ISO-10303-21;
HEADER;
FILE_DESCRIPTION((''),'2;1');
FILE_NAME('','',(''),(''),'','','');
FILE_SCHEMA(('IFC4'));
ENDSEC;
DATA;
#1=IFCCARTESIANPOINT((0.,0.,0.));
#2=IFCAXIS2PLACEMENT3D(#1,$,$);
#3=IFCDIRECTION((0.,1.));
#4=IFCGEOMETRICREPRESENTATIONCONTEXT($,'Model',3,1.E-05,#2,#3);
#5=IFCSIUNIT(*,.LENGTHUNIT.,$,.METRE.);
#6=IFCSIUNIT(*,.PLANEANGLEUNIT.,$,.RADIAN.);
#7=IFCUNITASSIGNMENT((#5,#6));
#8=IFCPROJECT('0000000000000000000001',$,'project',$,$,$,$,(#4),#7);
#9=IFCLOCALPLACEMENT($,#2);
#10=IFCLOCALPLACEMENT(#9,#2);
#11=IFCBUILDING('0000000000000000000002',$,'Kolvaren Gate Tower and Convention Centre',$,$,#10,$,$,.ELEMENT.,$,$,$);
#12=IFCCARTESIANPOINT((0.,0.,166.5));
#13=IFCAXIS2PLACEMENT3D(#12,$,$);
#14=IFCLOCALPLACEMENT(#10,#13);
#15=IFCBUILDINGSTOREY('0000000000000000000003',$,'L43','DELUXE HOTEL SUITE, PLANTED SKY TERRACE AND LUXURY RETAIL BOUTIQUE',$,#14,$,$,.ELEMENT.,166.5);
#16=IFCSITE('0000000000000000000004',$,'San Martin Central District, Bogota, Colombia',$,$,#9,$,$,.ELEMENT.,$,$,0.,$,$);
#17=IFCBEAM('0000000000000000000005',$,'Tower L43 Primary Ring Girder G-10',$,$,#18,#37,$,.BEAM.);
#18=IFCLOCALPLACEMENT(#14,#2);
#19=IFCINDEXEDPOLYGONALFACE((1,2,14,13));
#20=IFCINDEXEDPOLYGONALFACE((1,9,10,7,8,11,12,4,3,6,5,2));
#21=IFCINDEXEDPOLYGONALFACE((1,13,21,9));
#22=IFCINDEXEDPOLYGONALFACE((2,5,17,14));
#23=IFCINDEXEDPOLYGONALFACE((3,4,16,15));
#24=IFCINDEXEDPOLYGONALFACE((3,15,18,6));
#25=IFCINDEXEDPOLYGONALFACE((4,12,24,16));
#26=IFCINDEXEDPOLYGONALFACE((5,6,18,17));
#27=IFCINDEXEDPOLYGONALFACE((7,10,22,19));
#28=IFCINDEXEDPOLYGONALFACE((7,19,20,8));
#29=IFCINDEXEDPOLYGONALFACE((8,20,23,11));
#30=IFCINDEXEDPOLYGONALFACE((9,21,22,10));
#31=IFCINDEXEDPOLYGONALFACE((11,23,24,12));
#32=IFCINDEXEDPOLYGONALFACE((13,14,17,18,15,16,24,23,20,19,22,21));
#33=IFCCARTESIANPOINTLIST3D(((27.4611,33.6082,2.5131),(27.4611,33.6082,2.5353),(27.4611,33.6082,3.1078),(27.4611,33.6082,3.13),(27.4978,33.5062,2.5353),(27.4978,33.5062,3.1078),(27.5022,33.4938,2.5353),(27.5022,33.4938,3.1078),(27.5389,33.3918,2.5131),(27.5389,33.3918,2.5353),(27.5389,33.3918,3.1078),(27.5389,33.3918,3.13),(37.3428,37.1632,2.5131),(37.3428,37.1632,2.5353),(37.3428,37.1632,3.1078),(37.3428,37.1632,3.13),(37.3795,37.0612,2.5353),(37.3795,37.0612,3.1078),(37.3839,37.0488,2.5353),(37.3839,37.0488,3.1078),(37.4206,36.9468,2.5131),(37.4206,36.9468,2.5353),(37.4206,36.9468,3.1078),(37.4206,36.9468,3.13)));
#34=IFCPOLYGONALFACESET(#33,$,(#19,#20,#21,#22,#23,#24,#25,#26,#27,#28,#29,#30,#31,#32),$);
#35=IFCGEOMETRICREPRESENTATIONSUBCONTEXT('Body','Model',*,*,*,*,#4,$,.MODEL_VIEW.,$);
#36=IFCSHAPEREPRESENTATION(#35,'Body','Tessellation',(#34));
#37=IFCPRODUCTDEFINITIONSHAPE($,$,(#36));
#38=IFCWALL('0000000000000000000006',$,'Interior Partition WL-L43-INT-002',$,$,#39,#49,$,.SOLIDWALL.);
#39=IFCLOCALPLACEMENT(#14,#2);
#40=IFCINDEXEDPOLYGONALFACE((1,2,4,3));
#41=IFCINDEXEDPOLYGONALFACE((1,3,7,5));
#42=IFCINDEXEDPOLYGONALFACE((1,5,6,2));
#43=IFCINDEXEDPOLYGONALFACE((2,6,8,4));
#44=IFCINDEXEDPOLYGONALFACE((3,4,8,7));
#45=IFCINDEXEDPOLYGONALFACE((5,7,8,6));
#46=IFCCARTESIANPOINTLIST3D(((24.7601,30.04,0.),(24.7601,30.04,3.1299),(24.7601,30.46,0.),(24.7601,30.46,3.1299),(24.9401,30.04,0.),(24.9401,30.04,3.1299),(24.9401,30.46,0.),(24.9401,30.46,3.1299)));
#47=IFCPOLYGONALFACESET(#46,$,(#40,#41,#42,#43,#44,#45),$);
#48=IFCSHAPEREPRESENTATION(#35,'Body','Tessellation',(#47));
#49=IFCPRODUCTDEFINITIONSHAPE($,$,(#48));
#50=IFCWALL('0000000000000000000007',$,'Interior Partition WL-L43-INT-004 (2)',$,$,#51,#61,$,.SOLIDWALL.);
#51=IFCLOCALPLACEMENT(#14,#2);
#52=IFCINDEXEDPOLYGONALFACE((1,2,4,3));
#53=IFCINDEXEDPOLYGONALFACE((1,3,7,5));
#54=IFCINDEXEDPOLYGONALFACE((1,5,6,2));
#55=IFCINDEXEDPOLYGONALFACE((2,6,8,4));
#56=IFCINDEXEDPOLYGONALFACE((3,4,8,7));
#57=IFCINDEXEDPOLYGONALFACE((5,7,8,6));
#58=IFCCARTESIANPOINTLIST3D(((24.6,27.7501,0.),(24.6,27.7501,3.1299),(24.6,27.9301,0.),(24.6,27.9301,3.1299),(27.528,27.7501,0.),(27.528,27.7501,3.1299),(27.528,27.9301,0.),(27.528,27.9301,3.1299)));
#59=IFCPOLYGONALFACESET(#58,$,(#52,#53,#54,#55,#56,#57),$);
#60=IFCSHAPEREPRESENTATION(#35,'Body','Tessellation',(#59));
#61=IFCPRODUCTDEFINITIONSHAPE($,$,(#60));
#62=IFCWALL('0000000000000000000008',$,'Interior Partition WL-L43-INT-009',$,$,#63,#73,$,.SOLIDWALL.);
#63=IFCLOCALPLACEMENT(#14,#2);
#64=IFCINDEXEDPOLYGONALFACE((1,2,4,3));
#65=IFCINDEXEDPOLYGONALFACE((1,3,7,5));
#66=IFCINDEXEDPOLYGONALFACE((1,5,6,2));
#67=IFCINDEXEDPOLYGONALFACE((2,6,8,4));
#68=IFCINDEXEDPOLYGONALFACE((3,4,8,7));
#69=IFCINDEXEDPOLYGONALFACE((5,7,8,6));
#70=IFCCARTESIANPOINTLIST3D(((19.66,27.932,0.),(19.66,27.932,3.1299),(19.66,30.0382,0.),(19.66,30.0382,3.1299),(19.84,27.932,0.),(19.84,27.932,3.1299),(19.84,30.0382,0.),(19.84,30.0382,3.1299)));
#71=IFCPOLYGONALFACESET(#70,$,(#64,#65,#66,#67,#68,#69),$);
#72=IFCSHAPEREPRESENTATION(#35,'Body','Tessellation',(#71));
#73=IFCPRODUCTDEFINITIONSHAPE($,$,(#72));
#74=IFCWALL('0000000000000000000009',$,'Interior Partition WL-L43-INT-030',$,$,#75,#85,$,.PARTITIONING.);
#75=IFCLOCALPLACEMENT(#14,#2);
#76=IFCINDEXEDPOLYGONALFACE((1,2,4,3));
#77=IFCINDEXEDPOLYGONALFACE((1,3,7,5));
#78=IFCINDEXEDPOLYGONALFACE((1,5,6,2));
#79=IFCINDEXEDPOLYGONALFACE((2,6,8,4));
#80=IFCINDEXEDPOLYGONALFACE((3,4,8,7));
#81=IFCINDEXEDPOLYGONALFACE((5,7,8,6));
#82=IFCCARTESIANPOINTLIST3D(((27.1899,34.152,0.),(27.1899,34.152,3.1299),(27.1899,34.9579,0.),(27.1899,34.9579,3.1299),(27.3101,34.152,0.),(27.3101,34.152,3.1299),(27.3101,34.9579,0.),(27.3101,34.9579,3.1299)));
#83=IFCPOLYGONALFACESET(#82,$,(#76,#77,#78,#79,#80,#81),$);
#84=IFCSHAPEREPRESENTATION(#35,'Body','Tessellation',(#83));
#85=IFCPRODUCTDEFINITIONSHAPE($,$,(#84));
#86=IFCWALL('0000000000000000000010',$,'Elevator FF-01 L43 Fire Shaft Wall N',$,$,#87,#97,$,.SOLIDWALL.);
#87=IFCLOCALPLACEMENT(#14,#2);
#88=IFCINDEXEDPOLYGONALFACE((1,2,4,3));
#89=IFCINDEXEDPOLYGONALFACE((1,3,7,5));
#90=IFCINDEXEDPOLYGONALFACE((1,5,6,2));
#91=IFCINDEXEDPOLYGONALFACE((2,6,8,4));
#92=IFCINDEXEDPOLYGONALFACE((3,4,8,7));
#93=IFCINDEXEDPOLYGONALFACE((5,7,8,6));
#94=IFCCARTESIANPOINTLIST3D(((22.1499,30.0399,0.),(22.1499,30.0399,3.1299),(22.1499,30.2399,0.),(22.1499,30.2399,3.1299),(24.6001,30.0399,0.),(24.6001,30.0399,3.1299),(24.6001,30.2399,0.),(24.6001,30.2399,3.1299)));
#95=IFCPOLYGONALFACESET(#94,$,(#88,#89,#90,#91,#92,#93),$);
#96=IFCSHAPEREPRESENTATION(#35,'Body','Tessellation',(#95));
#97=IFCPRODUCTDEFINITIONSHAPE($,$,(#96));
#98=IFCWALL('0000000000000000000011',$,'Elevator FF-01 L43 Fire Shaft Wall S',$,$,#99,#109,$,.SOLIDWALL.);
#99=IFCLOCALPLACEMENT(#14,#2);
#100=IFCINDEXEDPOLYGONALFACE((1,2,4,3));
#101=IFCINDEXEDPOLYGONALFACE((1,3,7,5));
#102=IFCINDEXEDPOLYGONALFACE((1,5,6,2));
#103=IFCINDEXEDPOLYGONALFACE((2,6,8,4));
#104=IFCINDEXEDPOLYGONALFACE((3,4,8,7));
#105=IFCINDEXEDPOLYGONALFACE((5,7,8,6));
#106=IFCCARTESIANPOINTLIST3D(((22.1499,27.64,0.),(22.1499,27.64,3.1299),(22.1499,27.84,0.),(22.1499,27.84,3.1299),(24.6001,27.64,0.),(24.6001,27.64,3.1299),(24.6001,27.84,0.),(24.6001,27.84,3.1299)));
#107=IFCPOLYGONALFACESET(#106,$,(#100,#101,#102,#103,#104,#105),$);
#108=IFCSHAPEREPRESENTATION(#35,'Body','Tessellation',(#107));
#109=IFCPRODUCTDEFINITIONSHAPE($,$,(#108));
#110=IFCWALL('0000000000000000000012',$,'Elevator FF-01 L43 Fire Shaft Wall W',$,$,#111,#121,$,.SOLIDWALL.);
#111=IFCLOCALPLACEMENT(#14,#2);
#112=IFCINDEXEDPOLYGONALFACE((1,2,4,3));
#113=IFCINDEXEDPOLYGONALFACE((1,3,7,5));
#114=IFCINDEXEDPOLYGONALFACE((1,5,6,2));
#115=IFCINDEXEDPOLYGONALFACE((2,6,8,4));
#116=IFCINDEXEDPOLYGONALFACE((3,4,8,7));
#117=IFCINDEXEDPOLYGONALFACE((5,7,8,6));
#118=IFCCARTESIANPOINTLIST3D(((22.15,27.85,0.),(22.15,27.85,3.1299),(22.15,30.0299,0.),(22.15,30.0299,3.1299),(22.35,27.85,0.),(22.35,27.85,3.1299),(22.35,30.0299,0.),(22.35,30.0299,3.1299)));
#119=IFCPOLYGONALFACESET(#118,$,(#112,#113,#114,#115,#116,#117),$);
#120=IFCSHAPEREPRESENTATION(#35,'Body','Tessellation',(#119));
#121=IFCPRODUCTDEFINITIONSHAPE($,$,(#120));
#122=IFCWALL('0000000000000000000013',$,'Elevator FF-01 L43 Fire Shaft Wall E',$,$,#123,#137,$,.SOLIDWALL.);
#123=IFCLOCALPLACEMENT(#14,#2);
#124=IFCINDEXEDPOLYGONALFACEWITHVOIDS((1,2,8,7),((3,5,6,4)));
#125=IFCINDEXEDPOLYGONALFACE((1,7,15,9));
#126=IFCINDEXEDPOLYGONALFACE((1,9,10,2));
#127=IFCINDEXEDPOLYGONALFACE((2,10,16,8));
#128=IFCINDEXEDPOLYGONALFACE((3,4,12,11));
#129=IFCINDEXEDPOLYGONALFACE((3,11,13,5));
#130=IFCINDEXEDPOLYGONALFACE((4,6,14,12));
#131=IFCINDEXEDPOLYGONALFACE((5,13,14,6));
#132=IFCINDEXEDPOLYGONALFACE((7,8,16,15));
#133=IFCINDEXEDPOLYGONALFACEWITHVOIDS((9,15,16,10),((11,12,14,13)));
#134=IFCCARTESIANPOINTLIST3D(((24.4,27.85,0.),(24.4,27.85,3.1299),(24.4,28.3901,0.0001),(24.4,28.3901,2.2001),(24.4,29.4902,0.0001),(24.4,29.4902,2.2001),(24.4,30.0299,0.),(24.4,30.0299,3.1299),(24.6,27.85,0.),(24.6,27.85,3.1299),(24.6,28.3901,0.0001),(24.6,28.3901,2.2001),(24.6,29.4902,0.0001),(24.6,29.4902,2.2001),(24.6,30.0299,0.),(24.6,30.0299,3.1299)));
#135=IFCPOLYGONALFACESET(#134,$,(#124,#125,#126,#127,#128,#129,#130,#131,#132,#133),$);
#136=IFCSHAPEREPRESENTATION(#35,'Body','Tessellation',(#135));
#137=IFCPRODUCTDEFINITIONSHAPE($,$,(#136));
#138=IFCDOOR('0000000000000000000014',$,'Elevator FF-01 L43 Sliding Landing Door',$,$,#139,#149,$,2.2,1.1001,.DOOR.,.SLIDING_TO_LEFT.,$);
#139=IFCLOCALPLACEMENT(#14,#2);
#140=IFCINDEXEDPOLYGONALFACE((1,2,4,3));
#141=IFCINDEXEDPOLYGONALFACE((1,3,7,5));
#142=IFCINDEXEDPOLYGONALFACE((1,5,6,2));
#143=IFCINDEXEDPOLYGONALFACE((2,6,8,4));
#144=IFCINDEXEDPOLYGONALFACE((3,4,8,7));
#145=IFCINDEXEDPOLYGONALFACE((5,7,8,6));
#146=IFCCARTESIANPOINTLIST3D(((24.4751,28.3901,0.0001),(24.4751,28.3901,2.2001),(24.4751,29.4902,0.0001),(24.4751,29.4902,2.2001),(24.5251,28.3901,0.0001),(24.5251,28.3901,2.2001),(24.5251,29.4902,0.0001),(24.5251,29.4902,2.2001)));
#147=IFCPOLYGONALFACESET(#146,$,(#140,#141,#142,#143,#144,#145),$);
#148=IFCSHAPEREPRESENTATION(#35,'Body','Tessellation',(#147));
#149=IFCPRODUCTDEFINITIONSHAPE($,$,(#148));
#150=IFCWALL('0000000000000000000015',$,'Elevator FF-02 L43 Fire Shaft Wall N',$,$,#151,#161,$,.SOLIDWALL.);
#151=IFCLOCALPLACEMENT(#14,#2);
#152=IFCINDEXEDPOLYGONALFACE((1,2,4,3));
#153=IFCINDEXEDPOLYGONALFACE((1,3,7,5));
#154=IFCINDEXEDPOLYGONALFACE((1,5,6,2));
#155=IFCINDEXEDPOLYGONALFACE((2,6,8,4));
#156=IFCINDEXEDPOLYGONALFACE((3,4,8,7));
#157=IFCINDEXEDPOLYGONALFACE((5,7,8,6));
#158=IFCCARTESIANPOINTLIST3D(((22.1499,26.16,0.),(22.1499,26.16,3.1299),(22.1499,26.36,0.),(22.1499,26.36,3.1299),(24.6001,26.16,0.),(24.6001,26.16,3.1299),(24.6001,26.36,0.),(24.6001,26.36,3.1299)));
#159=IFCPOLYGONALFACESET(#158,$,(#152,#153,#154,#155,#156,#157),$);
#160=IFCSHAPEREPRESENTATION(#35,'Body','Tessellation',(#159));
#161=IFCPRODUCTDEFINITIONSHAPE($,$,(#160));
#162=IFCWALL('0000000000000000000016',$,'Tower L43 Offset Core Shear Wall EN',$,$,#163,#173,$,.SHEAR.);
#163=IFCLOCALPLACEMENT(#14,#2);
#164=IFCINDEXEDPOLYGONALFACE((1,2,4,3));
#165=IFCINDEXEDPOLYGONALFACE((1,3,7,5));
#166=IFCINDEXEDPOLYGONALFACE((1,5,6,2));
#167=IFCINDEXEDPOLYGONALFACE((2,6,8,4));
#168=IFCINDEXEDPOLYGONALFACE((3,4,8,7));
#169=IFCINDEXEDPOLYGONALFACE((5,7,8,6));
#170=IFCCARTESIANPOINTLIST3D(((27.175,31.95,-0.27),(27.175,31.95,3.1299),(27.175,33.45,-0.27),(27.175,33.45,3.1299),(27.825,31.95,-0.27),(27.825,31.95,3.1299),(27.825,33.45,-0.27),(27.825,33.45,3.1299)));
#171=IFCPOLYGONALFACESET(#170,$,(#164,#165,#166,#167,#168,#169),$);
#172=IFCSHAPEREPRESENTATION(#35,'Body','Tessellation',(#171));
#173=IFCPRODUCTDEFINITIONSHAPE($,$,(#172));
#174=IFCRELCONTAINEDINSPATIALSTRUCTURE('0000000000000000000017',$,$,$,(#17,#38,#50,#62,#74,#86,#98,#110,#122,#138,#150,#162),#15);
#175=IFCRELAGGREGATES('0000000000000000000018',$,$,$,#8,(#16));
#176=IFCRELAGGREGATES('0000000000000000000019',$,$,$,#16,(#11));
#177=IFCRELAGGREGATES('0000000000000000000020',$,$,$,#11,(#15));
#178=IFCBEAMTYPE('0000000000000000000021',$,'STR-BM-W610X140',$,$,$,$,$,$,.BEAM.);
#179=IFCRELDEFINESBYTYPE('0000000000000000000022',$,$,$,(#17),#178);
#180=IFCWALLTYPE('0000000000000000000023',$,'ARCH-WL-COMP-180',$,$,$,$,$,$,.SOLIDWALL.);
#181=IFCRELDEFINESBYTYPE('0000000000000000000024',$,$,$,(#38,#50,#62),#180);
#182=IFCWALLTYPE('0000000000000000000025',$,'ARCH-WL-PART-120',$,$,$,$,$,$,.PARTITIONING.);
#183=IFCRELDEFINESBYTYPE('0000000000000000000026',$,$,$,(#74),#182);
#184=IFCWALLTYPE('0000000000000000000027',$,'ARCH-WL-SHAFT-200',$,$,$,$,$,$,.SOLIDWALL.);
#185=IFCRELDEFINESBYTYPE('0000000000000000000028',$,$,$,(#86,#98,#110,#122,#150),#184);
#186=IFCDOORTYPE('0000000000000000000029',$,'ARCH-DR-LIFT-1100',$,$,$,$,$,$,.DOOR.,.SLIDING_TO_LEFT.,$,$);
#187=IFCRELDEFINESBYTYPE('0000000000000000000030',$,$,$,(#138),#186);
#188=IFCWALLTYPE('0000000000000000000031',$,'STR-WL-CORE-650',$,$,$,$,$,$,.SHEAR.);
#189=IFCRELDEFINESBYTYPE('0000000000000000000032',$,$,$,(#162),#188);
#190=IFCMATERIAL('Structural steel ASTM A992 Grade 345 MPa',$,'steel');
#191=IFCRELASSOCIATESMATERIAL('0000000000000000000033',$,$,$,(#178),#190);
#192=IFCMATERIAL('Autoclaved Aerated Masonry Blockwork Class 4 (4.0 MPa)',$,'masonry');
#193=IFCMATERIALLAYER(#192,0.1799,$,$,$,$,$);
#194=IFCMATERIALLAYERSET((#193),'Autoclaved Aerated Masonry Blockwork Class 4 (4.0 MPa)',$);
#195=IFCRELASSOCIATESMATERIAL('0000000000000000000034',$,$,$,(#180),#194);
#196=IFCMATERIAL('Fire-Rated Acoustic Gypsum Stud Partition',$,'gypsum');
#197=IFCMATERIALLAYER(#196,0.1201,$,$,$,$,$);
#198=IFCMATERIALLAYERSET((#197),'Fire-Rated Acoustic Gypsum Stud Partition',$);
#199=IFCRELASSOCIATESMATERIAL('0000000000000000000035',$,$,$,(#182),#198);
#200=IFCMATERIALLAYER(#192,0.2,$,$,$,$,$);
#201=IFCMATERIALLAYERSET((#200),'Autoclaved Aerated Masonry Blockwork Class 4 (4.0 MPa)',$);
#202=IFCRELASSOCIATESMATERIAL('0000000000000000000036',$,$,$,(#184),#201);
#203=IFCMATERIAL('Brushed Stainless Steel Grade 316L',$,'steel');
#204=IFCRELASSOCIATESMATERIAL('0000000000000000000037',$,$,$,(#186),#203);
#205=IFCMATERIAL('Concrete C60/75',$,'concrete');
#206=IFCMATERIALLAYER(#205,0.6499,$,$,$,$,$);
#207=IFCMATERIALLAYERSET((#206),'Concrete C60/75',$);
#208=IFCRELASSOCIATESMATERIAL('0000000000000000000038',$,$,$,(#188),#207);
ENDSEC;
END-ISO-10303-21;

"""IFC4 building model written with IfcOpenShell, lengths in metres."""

from ifc_helpers import new_model, si_unit, direction, frame, frame_2d, origin, origin_2d, place, context, subcontext, project, spatial, rectangle, i_section, extrude, material, layer, layer_set, material_profile, profile_set, type_object, element, fill, save


model = new_model("IFC4")

# Units and contexts
model_context = context("Model", 3, precision=1e-05, world=origin(), true_north=direction((0.0, 1.0)))
body_context = subcontext(model_context, "Body", "Model", "MODEL_VIEW")
ifc_project = project(units=[si_unit("LENGTHUNIT", "METRE"), si_unit("PLANEANGLEUNIT", "RADIAN")], contexts=[model_context])

# Site, building, storey
site_placement = place(None, origin())
site = spatial("IfcSite", under=ifc_project, at=site_placement, Name="San Martin Central District, Bogota, Colombia", CompositionType="ELEMENT", RefElevation=0.0)
building_placement = place(site_placement, origin())
building = spatial("IfcBuilding", under=site, at=building_placement, Name="Kolvaren Gate Tower and Convention Centre", CompositionType="ELEMENT")
storey_placement = place(building_placement, frame((0.0, 0.0, 166.5)))
storey = spatial("IfcBuildingStorey", under=building, at=storey_placement, Name="L43", Description="DELUXE HOTEL SUITE, PLANTED SKY TERRACE AND LUXURY RETAIL BOUTIQUE", CompositionType="ELEMENT", Elevation=166.5)

# Beam
ifc_material_1 = material(Name="Structural steel ASTM A992 Grade 345 MPa", Category="steel")
ifc_material_profile = material_profile(ifc_material_1, i_section(OverallWidth=0.23, OverallDepth=0.6169, WebThickness=0.0132, FlangeThickness=0.0222, at=origin_2d()), Name="W610X140")
ifc_profile_set = profile_set([ifc_material_profile], Name="Structural steel ASTM A992 Grade 345 MPa")
beam_type = type_object("IfcBeamType", Name="STR-BM-W610X140", PredefinedType="BEAM", material=ifc_profile_set)
beam_placement = place(storey_placement, frame((27.5, 33.5, 2.8215), z_axis=(0.940961, 0.338514, 0.0), x_axis=(-0.338514, 0.940961, 0.0)))
element("IfcBeam", 1, at=beam_placement, inside=storey, type_object=beam_type, Name="Tower L43 Primary Ring Girder G-10", PredefinedType="BEAM", context=body_context, shape_type="SweptSolid", body=[
    extrude(i_section(OverallWidth=0.23, OverallDepth=0.6169, WebThickness=0.0132, FlangeThickness=0.0222, at=origin_2d()), origin(), (0.0, 0.0, 1.0), 10.5017),
])

# Walls
ifc_material_2 = material(Name="Autoclaved Aerated Masonry Blockwork Class 4 (4.0 MPa)", Category="masonry")
ifc_layer_1 = layer(ifc_material_2, 0.1799)
ifc_layer_set_1 = layer_set([ifc_layer_1], Name="Autoclaved Aerated Masonry Blockwork Class 4 (4.0 MPa)")
wall_type_1 = type_object("IfcWallType", Name="ARCH-WL-COMP-180", PredefinedType="SOLIDWALL", material=ifc_layer_set_1)
wall_1_placement = place(storey_placement, frame((24.8501, 30.04, 0.0), z_axis=(0.0, 0.0, 1.0), x_axis=(0.0, 1.0, 0.0)))
element("IfcWall", 2, at=wall_1_placement, inside=storey, type_object=wall_type_1, Name="Interior Partition WL-L43-INT-002", PredefinedType="SOLIDWALL", context=body_context, shape_type="SweptSolid", body=[
    extrude(rectangle(XDim=0.4199, YDim=0.1799, at=frame_2d((0.21, 0.0))), origin(), (0.0, 0.0, 1.0), 3.1299),
])
wall_2_placement = place(storey_placement, frame((24.6001, 27.8401, 0.0), z_axis=(0.0, 0.0, 1.0), x_axis=(1.0, 0.0, 0.0)))
element("IfcWall", 3, at=wall_2_placement, inside=storey, type_object=wall_type_1, Name="Interior Partition WL-L43-INT-004 (2)", PredefinedType="SOLIDWALL", context=body_context, shape_type="SweptSolid", body=[
    extrude(rectangle(XDim=2.928, YDim=0.1799, at=frame_2d((1.4639, 0.0))), origin(), (0.0, 0.0, 1.0), 3.1299),
])
wall_3_placement = place(storey_placement, frame((19.75, 27.9319, 0.0), z_axis=(0.0, 0.0, 1.0), x_axis=(0.0, 1.0, 0.0)))
element("IfcWall", 4, at=wall_3_placement, inside=storey, type_object=wall_type_1, Name="Interior Partition WL-L43-INT-009", PredefinedType="SOLIDWALL", context=body_context, shape_type="SweptSolid", body=[
    extrude(rectangle(XDim=2.1062, YDim=0.1799, at=frame_2d((1.0532, 0.0))), origin(), (0.0, 0.0, 1.0), 3.1299),
])
ifc_material_3 = material(Name="Fire-Rated Acoustic Gypsum Stud Partition", Category="gypsum")
ifc_layer_2 = layer(ifc_material_3, 0.1201)
ifc_layer_set_2 = layer_set([ifc_layer_2], Name="Fire-Rated Acoustic Gypsum Stud Partition")
wall_type_2 = type_object("IfcWallType", Name="ARCH-WL-PART-120", PredefinedType="PARTITIONING", material=ifc_layer_set_2)
wall_4_placement = place(storey_placement, frame((27.25, 34.1521, 0.0), z_axis=(0.0, 0.0, 1.0), x_axis=(0.0, 1.0, 0.0)))
element("IfcWall", 5, at=wall_4_placement, inside=storey, type_object=wall_type_2, Name="Interior Partition WL-L43-INT-030", PredefinedType="PARTITIONING", context=body_context, shape_type="SweptSolid", body=[
    extrude(rectangle(XDim=0.8059, YDim=0.1201, at=frame_2d((0.4028, 0.0))), origin(), (0.0, 0.0, 1.0), 3.1299),
])
ifc_layer_3 = layer(ifc_material_2, 0.2)
ifc_layer_set_3 = layer_set([ifc_layer_3], Name="Autoclaved Aerated Masonry Blockwork Class 4 (4.0 MPa)")
wall_type_3 = type_object("IfcWallType", Name="ARCH-WL-SHAFT-200", PredefinedType="SOLIDWALL", material=ifc_layer_set_3)
for number, where, z_axis, x_axis, name in (
    (6, (22.1499, 30.1399, 0.0), (0.0, 0.0, 1.0), (1.0, 0.0, 0.0), "Elevator FF-01 L43 Fire Shaft Wall N"),
    (7, (22.1499, 27.74, 0.0), (0.0, 0.0, 1.0), (1.0, 0.0, 0.0), "Elevator FF-01 L43 Fire Shaft Wall S"),
):
    element("IfcWall", number, at=place(storey_placement, frame(where, z_axis=z_axis, x_axis=x_axis)), inside=storey, type_object=wall_type_3, Name=name, PredefinedType="SOLIDWALL", context=body_context, shape_type="SweptSolid", body=[
        extrude(rectangle(XDim=2.4502, YDim=0.2, at=frame_2d((1.2251, 0.0))), origin(), (0.0, 0.0, 1.0), 3.1299),
    ])
wall_5_placement = place(storey_placement, frame((22.25, 27.8501, 0.0), z_axis=(0.0, 0.0, 1.0), x_axis=(0.0, 1.0, 0.0)))
element("IfcWall", 8, at=wall_5_placement, inside=storey, type_object=wall_type_3, Name="Elevator FF-01 L43 Fire Shaft Wall W", PredefinedType="SOLIDWALL", context=body_context, shape_type="SweptSolid", body=[
    extrude(rectangle(XDim=2.1799, YDim=0.2, at=frame_2d((1.0898, 0.0))), origin(), (0.0, 0.0, 1.0), 3.1299),
])

# Wall, opening, door
wall_6_placement = place(storey_placement, frame((24.5, 27.8501, 0.0), z_axis=(0.0, 0.0, 1.0), x_axis=(0.0, 1.0, 0.0)))
wall_6 = element("IfcWall", 9, at=wall_6_placement, inside=storey, type_object=wall_type_3, Name="Elevator FF-01 L43 Fire Shaft Wall E", PredefinedType="SOLIDWALL", context=body_context, shape_type="SweptSolid", body=[
    extrude(rectangle(XDim=2.1799, YDim=0.2, at=frame_2d((1.0898, 0.0))), origin(), (0.0, 0.0, 1.0), 3.1299),
])
opening_1_placement = place(wall_6_placement, frame((0.54, 0.0, 0.0)))
opening_1 = element("IfcOpeningElement", 10, at=opening_1_placement, cuts=wall_6, PredefinedType="OPENING", context=body_context, shape_type="SweptSolid", body=[
    extrude(rectangle(XDim=1.1001, YDim=2.2, at=frame_2d((0.55, 1.1001))), frame((0.0, 0.1099, 0.0), z_axis=(0.0, -1.0, 0.0), x_axis=(1.0, 0.0, 0.0)), (0.0, 0.0, 1.0), 0.22),
])
ifc_material_4 = material(Name="Brushed Stainless Steel Grade 316L", Category="steel")
door_type_1 = type_object("IfcDoorType", Name="ARCH-DR-LIFT-1100", OperationType="SLIDING_TO_LEFT", PredefinedType="DOOR", material=ifc_material_4)
door_1_placement = place(opening_1_placement, origin())
door_1 = element("IfcDoor", 11, at=door_1_placement, inside=storey, type_object=door_type_1, Name="Elevator FF-01 L43 Sliding Landing Door", OperationType="SLIDING_TO_LEFT", OverallHeight=2.2, OverallWidth=1.1001, PredefinedType="DOOR", context=body_context, shape_type="SweptSolid", body=[
    extrude(rectangle(XDim=1.1001, YDim=2.2, at=frame_2d((0.55, 1.1001))), frame((0.0, 0.0249, 0.0), z_axis=(0.0, -1.0, 0.0), x_axis=(1.0, 0.0, 0.0)), (0.0, 0.0, 1.0), 0.05),
])
fill(opening_1, door_1)

# Walls
wall_7_placement = place(storey_placement, frame((22.1499, 26.26, 0.0), z_axis=(0.0, 0.0, 1.0), x_axis=(1.0, 0.0, 0.0)))
element("IfcWall", 12, at=wall_7_placement, inside=storey, type_object=wall_type_3, Name="Elevator FF-02 L43 Fire Shaft Wall N", PredefinedType="SOLIDWALL", context=body_context, shape_type="SweptSolid", body=[
    extrude(rectangle(XDim=2.4502, YDim=0.2, at=frame_2d((1.2251, 0.0))), origin(), (0.0, 0.0, 1.0), 3.1299),
])
ifc_material_5 = material(Name="Concrete C60/75", Category="concrete")
ifc_layer_4 = layer(ifc_material_5, 0.6499)
ifc_layer_set_4 = layer_set([ifc_layer_4], Name="Concrete C60/75")
wall_type_4 = type_object("IfcWallType", Name="STR-WL-CORE-650", PredefinedType="SHEAR", material=ifc_layer_set_4)
wall_8_placement = place(storey_placement, frame((27.5, 31.95, -0.27), z_axis=(0.0, 0.0, 1.0), x_axis=(0.0, 1.0, 0.0)))
element("IfcWall", 13, at=wall_8_placement, inside=storey, type_object=wall_type_4, Name="Tower L43 Offset Core Shear Wall EN", PredefinedType="SHEAR", context=body_context, shape_type="SweptSolid", body=[
    extrude(rectangle(XDim=1.5, YDim=0.6499, at=frame_2d((0.75, 0.0))), origin(), (0.0, 0.0, 1.0), 3.3999),
])

save(model, "model.ifc")
